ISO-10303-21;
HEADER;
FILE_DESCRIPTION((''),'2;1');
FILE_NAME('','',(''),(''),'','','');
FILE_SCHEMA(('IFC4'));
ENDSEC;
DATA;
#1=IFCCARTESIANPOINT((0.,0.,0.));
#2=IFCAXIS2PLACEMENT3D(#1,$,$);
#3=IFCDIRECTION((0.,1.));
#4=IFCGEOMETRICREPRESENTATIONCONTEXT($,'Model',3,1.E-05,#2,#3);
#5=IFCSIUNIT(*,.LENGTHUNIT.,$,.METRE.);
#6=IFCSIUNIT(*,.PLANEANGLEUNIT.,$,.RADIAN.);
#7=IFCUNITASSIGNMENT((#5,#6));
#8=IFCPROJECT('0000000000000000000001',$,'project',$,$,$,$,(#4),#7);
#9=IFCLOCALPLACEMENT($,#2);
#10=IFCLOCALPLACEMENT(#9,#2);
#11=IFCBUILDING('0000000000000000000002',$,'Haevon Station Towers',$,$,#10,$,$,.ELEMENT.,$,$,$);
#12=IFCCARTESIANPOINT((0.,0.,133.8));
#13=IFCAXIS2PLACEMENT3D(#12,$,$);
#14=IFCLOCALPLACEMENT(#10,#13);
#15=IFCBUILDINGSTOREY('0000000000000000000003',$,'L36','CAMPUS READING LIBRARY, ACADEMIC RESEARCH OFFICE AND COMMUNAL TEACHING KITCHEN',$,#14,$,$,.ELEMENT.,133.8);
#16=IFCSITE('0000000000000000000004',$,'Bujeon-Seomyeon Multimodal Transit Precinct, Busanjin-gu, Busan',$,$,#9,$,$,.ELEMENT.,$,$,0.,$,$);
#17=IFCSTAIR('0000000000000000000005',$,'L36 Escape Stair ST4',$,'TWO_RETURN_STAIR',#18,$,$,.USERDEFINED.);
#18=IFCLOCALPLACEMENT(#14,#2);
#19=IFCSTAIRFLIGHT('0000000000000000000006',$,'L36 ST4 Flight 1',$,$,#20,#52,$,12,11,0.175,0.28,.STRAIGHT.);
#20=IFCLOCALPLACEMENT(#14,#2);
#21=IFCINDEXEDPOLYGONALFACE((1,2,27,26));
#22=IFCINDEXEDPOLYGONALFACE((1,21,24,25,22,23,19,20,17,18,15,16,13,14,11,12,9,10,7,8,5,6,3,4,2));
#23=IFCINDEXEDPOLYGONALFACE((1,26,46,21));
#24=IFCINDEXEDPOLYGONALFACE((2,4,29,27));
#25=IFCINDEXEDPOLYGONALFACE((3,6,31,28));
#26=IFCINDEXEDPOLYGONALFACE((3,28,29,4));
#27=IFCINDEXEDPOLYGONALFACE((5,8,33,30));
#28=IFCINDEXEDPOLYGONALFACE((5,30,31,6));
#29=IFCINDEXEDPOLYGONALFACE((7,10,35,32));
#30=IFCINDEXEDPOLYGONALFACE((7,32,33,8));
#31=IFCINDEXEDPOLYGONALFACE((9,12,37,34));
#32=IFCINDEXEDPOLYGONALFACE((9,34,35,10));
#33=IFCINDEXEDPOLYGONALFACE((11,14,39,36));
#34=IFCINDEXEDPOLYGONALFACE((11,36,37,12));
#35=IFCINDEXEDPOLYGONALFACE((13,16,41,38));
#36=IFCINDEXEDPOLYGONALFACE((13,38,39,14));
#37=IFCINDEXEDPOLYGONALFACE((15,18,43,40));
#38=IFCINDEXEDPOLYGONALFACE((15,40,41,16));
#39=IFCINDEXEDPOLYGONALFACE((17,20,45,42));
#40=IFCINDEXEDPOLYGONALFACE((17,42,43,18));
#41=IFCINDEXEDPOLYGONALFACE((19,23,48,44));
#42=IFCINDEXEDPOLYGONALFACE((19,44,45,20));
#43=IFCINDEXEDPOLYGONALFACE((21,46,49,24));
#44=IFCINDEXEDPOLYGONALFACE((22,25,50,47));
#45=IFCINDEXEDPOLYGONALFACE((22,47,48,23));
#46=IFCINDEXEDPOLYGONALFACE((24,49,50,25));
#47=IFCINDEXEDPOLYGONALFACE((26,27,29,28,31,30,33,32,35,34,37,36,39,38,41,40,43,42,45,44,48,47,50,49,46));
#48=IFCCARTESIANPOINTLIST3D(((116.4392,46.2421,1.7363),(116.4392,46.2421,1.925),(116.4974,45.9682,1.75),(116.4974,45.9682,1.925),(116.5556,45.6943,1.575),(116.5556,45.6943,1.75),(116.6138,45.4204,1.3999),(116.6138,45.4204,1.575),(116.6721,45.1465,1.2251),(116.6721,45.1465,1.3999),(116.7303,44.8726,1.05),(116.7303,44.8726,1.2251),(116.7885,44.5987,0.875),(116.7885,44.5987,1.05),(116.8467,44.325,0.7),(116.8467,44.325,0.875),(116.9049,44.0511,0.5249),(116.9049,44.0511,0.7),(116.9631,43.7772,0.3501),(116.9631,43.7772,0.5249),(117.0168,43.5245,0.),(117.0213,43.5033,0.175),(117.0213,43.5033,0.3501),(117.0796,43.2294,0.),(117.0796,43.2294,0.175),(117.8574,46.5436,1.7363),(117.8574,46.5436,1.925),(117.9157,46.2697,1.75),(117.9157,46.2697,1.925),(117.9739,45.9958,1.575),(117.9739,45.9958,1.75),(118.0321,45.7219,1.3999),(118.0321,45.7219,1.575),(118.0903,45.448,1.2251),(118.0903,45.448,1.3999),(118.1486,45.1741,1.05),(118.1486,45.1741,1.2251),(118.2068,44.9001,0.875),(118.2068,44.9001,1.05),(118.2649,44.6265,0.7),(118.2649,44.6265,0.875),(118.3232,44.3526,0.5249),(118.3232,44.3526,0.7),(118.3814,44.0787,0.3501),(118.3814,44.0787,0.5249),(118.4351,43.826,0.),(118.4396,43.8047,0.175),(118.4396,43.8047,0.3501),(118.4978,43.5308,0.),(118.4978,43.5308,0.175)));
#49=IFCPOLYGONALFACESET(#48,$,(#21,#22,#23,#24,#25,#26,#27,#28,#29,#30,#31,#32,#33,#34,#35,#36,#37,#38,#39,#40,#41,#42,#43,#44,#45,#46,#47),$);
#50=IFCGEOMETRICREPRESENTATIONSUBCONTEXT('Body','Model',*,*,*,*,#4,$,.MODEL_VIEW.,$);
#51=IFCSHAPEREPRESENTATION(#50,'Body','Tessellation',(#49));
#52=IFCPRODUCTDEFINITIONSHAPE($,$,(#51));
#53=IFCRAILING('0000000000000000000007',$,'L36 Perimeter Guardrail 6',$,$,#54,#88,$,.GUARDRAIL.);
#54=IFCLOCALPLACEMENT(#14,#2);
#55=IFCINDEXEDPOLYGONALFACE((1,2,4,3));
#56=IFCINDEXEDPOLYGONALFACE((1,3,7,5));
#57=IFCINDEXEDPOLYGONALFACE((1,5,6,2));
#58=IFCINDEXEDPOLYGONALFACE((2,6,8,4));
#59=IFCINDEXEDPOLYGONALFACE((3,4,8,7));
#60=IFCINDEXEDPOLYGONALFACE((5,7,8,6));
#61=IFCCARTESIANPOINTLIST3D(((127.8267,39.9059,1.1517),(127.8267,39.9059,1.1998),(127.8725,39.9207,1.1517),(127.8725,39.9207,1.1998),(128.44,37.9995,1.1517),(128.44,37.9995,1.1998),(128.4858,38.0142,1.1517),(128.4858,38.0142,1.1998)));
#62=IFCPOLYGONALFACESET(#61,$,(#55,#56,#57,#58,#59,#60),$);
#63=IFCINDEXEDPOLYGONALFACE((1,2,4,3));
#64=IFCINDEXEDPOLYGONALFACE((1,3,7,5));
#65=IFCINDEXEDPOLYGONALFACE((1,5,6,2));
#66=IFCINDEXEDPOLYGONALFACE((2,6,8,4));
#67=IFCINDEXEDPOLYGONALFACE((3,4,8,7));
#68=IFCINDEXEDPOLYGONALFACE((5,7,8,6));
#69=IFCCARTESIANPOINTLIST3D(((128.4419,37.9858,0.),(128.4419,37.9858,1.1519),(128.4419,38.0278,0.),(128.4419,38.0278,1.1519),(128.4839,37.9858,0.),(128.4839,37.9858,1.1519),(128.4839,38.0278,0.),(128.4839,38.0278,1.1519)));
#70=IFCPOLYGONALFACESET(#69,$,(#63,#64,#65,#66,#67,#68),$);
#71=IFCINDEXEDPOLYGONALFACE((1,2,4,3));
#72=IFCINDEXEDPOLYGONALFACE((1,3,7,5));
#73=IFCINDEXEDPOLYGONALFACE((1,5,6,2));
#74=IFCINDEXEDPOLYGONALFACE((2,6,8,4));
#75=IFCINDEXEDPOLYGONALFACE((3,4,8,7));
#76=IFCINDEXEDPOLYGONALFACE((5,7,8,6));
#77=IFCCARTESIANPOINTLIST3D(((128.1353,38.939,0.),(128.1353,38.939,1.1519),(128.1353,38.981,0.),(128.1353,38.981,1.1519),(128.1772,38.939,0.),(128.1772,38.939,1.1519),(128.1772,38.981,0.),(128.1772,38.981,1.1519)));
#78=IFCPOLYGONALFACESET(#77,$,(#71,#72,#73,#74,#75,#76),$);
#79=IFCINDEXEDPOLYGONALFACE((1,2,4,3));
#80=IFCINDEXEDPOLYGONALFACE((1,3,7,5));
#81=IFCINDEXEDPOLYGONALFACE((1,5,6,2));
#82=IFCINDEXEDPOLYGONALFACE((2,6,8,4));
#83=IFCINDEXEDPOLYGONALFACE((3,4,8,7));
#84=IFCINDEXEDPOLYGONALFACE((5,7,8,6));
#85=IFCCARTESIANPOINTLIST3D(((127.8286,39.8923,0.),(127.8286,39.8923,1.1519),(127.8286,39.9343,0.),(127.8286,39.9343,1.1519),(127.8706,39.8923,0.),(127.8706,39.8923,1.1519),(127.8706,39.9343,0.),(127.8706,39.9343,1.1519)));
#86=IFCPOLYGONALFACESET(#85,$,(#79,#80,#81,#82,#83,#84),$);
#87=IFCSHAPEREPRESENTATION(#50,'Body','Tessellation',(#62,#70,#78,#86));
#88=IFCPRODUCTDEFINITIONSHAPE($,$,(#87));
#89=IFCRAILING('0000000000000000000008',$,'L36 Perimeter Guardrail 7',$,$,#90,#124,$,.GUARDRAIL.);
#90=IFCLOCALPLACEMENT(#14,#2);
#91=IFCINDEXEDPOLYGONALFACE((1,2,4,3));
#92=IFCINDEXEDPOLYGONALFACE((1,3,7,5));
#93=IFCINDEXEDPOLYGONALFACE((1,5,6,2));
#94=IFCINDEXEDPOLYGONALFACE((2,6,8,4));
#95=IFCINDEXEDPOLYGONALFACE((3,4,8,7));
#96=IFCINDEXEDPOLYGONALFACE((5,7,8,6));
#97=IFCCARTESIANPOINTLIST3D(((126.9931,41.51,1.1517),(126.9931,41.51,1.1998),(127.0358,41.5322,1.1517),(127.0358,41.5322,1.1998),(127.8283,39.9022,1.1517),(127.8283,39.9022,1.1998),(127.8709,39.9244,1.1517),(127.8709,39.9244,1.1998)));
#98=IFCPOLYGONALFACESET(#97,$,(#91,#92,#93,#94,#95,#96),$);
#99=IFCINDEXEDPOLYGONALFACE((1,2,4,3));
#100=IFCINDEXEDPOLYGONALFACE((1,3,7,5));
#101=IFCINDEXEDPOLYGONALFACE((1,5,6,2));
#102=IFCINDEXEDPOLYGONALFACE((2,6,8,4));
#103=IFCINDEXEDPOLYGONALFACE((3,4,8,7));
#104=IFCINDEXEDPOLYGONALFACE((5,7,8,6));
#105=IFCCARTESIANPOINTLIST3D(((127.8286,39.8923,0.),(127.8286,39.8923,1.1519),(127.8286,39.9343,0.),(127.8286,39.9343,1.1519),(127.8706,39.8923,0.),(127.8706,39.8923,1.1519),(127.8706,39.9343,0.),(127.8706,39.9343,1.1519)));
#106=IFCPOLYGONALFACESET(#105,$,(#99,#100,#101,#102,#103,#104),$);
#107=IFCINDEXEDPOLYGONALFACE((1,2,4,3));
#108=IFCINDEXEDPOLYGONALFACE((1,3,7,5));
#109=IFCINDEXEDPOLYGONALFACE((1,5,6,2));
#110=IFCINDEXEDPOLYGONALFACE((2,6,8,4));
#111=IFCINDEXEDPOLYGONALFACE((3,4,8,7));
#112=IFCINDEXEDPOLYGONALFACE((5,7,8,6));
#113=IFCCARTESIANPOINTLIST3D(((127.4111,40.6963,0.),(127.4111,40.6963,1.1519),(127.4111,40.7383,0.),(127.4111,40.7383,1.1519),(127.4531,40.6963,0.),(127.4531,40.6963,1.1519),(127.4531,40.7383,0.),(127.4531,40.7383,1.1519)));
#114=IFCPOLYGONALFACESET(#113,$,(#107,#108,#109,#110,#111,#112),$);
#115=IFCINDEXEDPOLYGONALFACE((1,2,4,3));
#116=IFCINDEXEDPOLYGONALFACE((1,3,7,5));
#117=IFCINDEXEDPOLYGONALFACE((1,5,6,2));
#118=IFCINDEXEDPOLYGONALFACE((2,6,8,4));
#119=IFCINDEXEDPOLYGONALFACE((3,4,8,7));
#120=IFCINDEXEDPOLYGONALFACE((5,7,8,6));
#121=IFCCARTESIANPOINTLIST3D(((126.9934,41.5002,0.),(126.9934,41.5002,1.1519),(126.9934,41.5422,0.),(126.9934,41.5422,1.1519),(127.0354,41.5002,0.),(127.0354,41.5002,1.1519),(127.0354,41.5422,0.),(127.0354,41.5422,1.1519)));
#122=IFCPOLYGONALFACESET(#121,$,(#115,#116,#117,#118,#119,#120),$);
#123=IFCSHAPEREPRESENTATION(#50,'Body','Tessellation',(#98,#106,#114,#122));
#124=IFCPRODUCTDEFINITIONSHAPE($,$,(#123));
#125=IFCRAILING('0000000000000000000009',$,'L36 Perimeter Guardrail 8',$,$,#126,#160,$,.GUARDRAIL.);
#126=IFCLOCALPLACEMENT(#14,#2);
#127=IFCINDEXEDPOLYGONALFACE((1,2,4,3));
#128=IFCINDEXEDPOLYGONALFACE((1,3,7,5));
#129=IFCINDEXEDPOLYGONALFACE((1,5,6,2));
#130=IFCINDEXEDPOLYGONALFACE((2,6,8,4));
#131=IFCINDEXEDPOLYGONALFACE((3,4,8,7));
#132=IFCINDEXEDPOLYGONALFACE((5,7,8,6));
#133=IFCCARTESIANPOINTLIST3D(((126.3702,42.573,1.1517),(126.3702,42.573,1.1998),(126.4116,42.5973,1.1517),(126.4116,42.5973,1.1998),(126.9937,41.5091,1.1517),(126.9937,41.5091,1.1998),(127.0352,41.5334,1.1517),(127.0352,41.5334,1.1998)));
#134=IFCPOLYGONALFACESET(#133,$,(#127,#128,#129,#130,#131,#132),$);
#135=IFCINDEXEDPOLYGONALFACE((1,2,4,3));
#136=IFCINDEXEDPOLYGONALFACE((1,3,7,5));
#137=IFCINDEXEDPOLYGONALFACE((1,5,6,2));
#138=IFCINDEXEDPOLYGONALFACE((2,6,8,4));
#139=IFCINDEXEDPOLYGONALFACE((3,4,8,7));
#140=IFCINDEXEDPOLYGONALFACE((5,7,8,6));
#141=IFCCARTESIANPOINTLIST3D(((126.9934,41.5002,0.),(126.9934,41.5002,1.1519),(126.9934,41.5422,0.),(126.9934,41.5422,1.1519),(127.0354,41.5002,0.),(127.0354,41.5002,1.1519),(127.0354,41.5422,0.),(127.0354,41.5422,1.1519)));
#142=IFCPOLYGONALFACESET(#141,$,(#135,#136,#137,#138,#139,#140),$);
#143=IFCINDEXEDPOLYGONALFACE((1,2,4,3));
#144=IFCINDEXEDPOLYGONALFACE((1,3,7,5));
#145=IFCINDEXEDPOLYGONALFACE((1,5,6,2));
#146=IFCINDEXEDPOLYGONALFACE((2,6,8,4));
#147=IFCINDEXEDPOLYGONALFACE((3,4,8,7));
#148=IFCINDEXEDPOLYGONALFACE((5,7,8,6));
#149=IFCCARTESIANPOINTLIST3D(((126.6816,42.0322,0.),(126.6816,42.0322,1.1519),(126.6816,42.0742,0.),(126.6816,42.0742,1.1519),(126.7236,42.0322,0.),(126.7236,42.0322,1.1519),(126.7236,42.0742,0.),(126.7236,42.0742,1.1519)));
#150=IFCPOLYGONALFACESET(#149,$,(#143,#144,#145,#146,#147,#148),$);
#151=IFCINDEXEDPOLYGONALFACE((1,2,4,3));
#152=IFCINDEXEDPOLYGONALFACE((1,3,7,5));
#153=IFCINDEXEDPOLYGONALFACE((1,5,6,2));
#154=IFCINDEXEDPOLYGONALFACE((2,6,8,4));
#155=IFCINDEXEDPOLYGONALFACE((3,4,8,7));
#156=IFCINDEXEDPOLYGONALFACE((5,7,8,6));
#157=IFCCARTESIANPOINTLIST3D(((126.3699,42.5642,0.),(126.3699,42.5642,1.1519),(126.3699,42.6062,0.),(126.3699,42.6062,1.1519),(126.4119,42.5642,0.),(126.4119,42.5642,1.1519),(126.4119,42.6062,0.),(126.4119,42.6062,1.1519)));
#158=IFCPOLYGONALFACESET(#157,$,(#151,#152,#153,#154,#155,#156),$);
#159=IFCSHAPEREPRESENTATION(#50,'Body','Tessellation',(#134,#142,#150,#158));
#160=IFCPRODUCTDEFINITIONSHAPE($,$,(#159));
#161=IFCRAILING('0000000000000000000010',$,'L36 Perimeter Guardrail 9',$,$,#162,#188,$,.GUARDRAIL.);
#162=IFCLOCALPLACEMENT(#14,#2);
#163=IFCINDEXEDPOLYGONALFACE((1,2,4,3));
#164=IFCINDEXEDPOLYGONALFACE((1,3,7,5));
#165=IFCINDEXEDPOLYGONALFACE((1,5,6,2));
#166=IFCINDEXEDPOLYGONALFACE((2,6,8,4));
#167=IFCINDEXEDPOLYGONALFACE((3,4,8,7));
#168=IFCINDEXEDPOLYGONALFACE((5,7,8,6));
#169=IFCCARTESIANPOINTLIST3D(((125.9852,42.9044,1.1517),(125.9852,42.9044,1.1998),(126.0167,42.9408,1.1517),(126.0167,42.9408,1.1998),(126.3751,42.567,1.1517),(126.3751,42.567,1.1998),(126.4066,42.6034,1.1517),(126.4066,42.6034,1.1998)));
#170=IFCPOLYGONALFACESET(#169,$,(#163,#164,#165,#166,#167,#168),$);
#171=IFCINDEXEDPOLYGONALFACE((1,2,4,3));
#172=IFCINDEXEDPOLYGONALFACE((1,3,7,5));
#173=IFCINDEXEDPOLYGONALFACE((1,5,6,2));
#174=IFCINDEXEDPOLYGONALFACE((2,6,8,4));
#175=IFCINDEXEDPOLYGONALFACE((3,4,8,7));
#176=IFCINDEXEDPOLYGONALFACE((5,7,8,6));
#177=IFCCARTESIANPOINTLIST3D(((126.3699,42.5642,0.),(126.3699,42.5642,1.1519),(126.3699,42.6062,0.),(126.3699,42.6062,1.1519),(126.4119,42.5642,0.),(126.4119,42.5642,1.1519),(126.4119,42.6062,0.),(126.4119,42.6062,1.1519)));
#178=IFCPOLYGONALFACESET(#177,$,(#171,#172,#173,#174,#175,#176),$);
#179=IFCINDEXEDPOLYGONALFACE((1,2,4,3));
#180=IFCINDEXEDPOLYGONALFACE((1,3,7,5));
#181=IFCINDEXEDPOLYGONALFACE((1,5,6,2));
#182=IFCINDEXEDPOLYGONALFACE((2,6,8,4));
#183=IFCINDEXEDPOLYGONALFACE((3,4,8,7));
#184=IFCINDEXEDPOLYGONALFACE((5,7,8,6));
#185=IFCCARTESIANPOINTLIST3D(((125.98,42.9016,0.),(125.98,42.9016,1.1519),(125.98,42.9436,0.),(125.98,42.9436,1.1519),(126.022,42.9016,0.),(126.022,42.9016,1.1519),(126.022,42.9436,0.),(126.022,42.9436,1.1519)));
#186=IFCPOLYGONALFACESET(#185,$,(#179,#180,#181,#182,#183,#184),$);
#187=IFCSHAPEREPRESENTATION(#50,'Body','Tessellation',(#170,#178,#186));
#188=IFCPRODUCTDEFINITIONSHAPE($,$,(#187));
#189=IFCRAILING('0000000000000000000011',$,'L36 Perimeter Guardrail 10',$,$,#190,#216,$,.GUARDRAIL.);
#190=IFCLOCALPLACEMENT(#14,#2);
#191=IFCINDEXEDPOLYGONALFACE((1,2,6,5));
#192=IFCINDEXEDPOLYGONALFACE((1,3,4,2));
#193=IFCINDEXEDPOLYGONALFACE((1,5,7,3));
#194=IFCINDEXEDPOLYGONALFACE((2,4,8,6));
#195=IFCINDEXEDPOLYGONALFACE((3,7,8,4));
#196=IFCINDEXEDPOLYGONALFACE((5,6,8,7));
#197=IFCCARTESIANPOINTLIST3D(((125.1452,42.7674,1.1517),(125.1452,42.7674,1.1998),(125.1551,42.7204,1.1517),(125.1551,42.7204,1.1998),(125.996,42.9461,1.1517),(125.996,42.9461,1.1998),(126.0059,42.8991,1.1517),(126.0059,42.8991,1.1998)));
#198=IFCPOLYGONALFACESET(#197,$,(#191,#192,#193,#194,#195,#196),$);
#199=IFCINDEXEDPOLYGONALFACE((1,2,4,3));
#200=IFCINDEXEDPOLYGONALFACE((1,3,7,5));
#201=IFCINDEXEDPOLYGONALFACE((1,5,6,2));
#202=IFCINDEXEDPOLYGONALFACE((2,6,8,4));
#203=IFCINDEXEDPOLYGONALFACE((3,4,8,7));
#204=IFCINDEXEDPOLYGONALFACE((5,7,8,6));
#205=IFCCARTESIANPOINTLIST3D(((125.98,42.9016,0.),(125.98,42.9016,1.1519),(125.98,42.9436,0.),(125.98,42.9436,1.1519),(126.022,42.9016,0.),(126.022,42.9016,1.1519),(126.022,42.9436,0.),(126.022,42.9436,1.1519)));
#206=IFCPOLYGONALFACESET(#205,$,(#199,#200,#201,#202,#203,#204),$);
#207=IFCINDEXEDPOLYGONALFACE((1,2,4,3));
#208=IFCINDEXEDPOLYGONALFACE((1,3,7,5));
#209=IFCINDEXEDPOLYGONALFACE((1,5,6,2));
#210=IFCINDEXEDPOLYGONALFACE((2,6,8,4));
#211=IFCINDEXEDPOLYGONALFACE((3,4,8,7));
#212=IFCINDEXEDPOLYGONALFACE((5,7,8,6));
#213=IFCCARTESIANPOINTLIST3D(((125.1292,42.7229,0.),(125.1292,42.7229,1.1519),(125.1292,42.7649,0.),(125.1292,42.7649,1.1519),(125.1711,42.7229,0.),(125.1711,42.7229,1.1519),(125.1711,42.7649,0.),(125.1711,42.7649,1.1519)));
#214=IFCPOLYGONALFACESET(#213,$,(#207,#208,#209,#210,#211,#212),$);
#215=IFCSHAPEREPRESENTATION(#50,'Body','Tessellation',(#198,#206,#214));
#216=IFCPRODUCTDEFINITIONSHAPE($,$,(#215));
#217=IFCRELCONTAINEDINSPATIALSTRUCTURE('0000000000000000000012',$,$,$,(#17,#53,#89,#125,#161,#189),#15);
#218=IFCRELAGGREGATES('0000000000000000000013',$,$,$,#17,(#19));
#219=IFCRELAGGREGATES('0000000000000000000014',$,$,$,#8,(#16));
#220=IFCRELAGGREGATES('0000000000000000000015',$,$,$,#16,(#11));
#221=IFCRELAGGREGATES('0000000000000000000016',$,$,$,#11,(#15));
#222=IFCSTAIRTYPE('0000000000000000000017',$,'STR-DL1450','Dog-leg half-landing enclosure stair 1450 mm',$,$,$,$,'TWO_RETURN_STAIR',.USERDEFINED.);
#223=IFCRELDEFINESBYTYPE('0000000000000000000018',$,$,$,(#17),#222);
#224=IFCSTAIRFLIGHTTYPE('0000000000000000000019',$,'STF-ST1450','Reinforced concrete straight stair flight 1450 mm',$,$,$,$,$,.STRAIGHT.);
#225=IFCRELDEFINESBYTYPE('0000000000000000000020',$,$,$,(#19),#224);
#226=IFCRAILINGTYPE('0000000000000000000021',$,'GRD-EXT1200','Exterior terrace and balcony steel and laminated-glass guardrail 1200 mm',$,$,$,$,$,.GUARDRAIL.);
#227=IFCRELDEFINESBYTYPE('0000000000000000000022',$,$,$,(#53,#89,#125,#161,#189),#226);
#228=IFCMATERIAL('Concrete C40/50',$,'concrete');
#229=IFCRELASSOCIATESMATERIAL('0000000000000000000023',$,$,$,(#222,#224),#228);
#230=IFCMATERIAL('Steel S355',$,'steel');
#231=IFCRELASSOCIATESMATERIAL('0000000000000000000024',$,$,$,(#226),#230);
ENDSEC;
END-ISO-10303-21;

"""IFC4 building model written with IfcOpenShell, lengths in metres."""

from ifc_helpers import new_model, si_unit, direction, frame, origin, origin_2d, place, context, subcontext, project, spatial, polyline, rectangle, outline, extrude, material, type_object, element, aggregate, save


model = new_model("IFC4")

# Units and contexts
model_context = context("Model", 3, precision=1e-05, world=origin(), true_north=direction((0.0, 1.0)))
body_context = subcontext(model_context, "Body", "Model", "MODEL_VIEW")
ifc_project = project(units=[si_unit("LENGTHUNIT", "METRE"), si_unit("PLANEANGLEUNIT", "RADIAN")], contexts=[model_context])

# Site, building, storey
site_placement = place(None, origin())
site = spatial("IfcSite", under=ifc_project, at=site_placement, Name="Bujeon-Seomyeon Multimodal Transit Precinct, Busanjin-gu, Busan", CompositionType="ELEMENT", RefElevation=0.0)
building_placement = place(site_placement, origin())
building = spatial("IfcBuilding", under=site, at=building_placement, Name="Haevon Station Towers", CompositionType="ELEMENT")
storey_placement = place(building_placement, frame((0.0, 0.0, 133.8)))
storey = spatial("IfcBuildingStorey", under=building, at=storey_placement, Name="L36", Description="CAMPUS READING LIBRARY, ACADEMIC RESEARCH OFFICE AND COMMUNAL TEACHING KITCHEN", CompositionType="ELEMENT", Elevation=133.8)

# Shared definitions
ifc_material_1 = material(Name="Steel S355", Category="steel")

# Stair, stair flight
ifc_material_2 = material(Name="Concrete C40/50", Category="concrete")
stair_type = type_object("IfcStairType", Name="STR-DL1450", Description="Dog-leg half-landing enclosure stair 1450 mm", ElementType="TWO_RETURN_STAIR", PredefinedType="USERDEFINED", material=ifc_material_2)
stair_placement = place(storey_placement, origin())
stair = element("IfcStair", 1, at=stair_placement, inside=storey, type_object=stair_type, Name="L36 Escape Stair ST4", ObjectType="TWO_RETURN_STAIR", PredefinedType="USERDEFINED")
stair_flight_type = type_object("IfcStairFlightType", Name="STF-ST1450", Description="Reinforced concrete straight stair flight 1450 mm", PredefinedType="STRAIGHT", material=ifc_material_2)
stair_flight_placement = place(storey_placement, frame((117.7888, 43.3801, 0.0), z_axis=(0.0, 0.0, 1.0), x_axis=(-0.207912, 0.978148, 0.0)))
stair_flight = element("IfcStairFlight", 2, at=stair_flight_placement, type_object=stair_flight_type, Name="L36 ST4 Flight 1", NumberOfRisers=12, NumberOfTreads=11, PredefinedType="STRAIGHT", RiserHeight=0.175, TreadLength=0.28, context=body_context, shape_type="SweptSolid", body=[
    extrude(outline(polyline([(0.0, 0.0), (0.0, 0.175), (0.28, 0.175), (0.28, 0.3501), (0.5601, 0.3501), (0.5601, 0.5249), (0.8401, 0.5249), (0.8401, 0.7), (1.1201, 0.7), (1.1201, 0.875), (1.3999, 0.875), (1.3999, 1.05), (1.6799, 1.05), (1.6799, 1.2251), (1.96, 1.2251), (1.96, 1.3999), (2.24, 1.3999), (2.24, 1.575), (2.52, 1.575), (2.52, 1.75), (2.8, 1.75), (2.8, 1.925), (3.0801, 1.925), (3.0801, 2.1001), (3.0801, 1.7363), (0.3018, 0.0), (0.0, 0.0)])), frame((0.0, 0.7251, 0.0), z_axis=(0.0, -1.0, 0.0), x_axis=(1.0, 0.0, 0.0)), (0.0, 0.0, 1.0), 1.45),
])
aggregate(stair, [stair_flight])

# Railings
railing_type_1 = type_object("IfcRailingType", Name="GRD-EXT1200", Description="Exterior terrace and balcony steel and laminated-glass guardrail 1200 mm", PredefinedType="GUARDRAIL", material=ifc_material_1)
railing_1_placement = place(storey_placement, frame((128.4629, 38.0068, 0.0)))
element("IfcRailing", 3, at=railing_1_placement, inside=storey, type_object=railing_type_1, Name="L36 Perimeter Guardrail 6", PredefinedType="GUARDRAIL", context=body_context, shape_type="SweptSolid", body=[
    extrude(rectangle(XDim=0.0481, YDim=0.0481, at=origin_2d()), frame((0.0, 0.0, 1.1758), z_axis=(-0.306226, 0.951959, 0.0), x_axis=(-0.951959, -0.306226, 0.0)), (0.0, 0.0, 1.0), 2.0027),
    extrude(rectangle(XDim=0.042, YDim=0.042, at=origin_2d()), origin(), (0.0, 0.0, 1.0), 1.1519),
    extrude(rectangle(XDim=0.042, YDim=0.042, at=origin_2d()), frame((-0.3066, 0.9531, 0.0)), (0.0, 0.0, 1.0), 1.1519),
    extrude(rectangle(XDim=0.042, YDim=0.042, at=origin_2d()), frame((-0.6133, 1.9065, 0.0)), (0.0, 0.0, 1.0), 1.1519),
])
railing_2_placement = place(storey_placement, frame((127.8496, 39.9133, 0.0)))
element("IfcRailing", 4, at=railing_2_placement, inside=storey, type_object=railing_type_1, Name="L36 Perimeter Guardrail 7", PredefinedType="GUARDRAIL", context=body_context, shape_type="SweptSolid", body=[
    extrude(rectangle(XDim=0.0481, YDim=0.0481, at=origin_2d()), frame((0.0, 0.0, 1.1758), z_axis=(-0.460958, 0.887422, 0.0), x_axis=(-0.887422, -0.460958, 0.0)), (0.0, 0.0, 1.0), 1.8118),
    extrude(rectangle(XDim=0.042, YDim=0.042, at=origin_2d()), origin(), (0.0, 0.0, 1.0), 1.1519),
    extrude(rectangle(XDim=0.042, YDim=0.042, at=origin_2d()), frame((-0.4175, 0.804, 0.0)), (0.0, 0.0, 1.0), 1.1519),
    extrude(rectangle(XDim=0.042, YDim=0.042, at=origin_2d()), frame((-0.8352, 1.6079, 0.0)), (0.0, 0.0, 1.0), 1.1519),
])
railing_3_placement = place(storey_placement, frame((127.0144, 41.5212, 0.0)))
element("IfcRailing", 5, at=railing_3_placement, inside=storey, type_object=railing_type_1, Name="L36 Perimeter Guardrail 8", PredefinedType="GUARDRAIL", context=body_context, shape_type="SweptSolid", body=[
    extrude(rectangle(XDim=0.0481, YDim=0.0481, at=origin_2d()), frame((0.0, 0.0, 1.1758), z_axis=(-0.505618, 0.862758, 0.0), x_axis=(-0.862758, -0.505618, 0.0)), (0.0, 0.0, 1.0), 1.2332),
    extrude(rectangle(XDim=0.042, YDim=0.042, at=origin_2d()), origin(), (0.0, 0.0, 1.0), 1.1519),
    extrude(rectangle(XDim=0.042, YDim=0.042, at=origin_2d()), frame((-0.3118, 0.532, 0.0)), (0.0, 0.0, 1.0), 1.1519),
    extrude(rectangle(XDim=0.042, YDim=0.042, at=origin_2d()), frame((-0.6235, 1.064, 0.0)), (0.0, 0.0, 1.0), 1.1519),
])
railing_4_placement = place(storey_placement, frame((126.3909, 42.5852, 0.0)))
element("IfcRailing", 6, at=railing_4_placement, inside=storey, type_object=railing_type_1, Name="L36 Perimeter Guardrail 9", PredefinedType="GUARDRAIL", context=body_context, shape_type="SweptSolid", body=[
    extrude(rectangle(XDim=0.0481, YDim=0.0481, at=origin_2d()), frame((0.0, 0.0, 1.1758), z_axis=(-0.756173, 0.654372, 0.0), x_axis=(-0.654372, -0.756173, 0.0)), (0.0, 0.0, 1.0), 0.5156),
    extrude(rectangle(XDim=0.042, YDim=0.042, at=origin_2d()), origin(), (0.0, 0.0, 1.0), 1.1519),
    extrude(rectangle(XDim=0.042, YDim=0.042, at=origin_2d()), frame((-0.3899, 0.3374, 0.0)), (0.0, 0.0, 1.0), 1.1519),
])
railing_5_placement = place(storey_placement, frame((126.001, 42.9226, 0.0)))
element("IfcRailing", 7, at=railing_5_placement, inside=storey, type_object=railing_type_1, Name="L36 Perimeter Guardrail 10", PredefinedType="GUARDRAIL", context=body_context, shape_type="SweptSolid", body=[
    extrude(rectangle(XDim=0.0481, YDim=0.0481, at=origin_2d()), frame((0.0, 0.0, 1.1758), z_axis=(-0.978645, -0.205558, 0.0), x_axis=(0.205558, -0.978645, 0.0)), (0.0, 0.0, 1.0), 0.8694),
    extrude(rectangle(XDim=0.042, YDim=0.042, at=origin_2d()), origin(), (0.0, 0.0, 1.0), 1.1519),
    extrude(rectangle(XDim=0.042, YDim=0.042, at=origin_2d()), frame((-0.8508, -0.1787, 0.0)), (0.0, 0.0, 1.0), 1.1519),
])

save(model, "model.ifc")
